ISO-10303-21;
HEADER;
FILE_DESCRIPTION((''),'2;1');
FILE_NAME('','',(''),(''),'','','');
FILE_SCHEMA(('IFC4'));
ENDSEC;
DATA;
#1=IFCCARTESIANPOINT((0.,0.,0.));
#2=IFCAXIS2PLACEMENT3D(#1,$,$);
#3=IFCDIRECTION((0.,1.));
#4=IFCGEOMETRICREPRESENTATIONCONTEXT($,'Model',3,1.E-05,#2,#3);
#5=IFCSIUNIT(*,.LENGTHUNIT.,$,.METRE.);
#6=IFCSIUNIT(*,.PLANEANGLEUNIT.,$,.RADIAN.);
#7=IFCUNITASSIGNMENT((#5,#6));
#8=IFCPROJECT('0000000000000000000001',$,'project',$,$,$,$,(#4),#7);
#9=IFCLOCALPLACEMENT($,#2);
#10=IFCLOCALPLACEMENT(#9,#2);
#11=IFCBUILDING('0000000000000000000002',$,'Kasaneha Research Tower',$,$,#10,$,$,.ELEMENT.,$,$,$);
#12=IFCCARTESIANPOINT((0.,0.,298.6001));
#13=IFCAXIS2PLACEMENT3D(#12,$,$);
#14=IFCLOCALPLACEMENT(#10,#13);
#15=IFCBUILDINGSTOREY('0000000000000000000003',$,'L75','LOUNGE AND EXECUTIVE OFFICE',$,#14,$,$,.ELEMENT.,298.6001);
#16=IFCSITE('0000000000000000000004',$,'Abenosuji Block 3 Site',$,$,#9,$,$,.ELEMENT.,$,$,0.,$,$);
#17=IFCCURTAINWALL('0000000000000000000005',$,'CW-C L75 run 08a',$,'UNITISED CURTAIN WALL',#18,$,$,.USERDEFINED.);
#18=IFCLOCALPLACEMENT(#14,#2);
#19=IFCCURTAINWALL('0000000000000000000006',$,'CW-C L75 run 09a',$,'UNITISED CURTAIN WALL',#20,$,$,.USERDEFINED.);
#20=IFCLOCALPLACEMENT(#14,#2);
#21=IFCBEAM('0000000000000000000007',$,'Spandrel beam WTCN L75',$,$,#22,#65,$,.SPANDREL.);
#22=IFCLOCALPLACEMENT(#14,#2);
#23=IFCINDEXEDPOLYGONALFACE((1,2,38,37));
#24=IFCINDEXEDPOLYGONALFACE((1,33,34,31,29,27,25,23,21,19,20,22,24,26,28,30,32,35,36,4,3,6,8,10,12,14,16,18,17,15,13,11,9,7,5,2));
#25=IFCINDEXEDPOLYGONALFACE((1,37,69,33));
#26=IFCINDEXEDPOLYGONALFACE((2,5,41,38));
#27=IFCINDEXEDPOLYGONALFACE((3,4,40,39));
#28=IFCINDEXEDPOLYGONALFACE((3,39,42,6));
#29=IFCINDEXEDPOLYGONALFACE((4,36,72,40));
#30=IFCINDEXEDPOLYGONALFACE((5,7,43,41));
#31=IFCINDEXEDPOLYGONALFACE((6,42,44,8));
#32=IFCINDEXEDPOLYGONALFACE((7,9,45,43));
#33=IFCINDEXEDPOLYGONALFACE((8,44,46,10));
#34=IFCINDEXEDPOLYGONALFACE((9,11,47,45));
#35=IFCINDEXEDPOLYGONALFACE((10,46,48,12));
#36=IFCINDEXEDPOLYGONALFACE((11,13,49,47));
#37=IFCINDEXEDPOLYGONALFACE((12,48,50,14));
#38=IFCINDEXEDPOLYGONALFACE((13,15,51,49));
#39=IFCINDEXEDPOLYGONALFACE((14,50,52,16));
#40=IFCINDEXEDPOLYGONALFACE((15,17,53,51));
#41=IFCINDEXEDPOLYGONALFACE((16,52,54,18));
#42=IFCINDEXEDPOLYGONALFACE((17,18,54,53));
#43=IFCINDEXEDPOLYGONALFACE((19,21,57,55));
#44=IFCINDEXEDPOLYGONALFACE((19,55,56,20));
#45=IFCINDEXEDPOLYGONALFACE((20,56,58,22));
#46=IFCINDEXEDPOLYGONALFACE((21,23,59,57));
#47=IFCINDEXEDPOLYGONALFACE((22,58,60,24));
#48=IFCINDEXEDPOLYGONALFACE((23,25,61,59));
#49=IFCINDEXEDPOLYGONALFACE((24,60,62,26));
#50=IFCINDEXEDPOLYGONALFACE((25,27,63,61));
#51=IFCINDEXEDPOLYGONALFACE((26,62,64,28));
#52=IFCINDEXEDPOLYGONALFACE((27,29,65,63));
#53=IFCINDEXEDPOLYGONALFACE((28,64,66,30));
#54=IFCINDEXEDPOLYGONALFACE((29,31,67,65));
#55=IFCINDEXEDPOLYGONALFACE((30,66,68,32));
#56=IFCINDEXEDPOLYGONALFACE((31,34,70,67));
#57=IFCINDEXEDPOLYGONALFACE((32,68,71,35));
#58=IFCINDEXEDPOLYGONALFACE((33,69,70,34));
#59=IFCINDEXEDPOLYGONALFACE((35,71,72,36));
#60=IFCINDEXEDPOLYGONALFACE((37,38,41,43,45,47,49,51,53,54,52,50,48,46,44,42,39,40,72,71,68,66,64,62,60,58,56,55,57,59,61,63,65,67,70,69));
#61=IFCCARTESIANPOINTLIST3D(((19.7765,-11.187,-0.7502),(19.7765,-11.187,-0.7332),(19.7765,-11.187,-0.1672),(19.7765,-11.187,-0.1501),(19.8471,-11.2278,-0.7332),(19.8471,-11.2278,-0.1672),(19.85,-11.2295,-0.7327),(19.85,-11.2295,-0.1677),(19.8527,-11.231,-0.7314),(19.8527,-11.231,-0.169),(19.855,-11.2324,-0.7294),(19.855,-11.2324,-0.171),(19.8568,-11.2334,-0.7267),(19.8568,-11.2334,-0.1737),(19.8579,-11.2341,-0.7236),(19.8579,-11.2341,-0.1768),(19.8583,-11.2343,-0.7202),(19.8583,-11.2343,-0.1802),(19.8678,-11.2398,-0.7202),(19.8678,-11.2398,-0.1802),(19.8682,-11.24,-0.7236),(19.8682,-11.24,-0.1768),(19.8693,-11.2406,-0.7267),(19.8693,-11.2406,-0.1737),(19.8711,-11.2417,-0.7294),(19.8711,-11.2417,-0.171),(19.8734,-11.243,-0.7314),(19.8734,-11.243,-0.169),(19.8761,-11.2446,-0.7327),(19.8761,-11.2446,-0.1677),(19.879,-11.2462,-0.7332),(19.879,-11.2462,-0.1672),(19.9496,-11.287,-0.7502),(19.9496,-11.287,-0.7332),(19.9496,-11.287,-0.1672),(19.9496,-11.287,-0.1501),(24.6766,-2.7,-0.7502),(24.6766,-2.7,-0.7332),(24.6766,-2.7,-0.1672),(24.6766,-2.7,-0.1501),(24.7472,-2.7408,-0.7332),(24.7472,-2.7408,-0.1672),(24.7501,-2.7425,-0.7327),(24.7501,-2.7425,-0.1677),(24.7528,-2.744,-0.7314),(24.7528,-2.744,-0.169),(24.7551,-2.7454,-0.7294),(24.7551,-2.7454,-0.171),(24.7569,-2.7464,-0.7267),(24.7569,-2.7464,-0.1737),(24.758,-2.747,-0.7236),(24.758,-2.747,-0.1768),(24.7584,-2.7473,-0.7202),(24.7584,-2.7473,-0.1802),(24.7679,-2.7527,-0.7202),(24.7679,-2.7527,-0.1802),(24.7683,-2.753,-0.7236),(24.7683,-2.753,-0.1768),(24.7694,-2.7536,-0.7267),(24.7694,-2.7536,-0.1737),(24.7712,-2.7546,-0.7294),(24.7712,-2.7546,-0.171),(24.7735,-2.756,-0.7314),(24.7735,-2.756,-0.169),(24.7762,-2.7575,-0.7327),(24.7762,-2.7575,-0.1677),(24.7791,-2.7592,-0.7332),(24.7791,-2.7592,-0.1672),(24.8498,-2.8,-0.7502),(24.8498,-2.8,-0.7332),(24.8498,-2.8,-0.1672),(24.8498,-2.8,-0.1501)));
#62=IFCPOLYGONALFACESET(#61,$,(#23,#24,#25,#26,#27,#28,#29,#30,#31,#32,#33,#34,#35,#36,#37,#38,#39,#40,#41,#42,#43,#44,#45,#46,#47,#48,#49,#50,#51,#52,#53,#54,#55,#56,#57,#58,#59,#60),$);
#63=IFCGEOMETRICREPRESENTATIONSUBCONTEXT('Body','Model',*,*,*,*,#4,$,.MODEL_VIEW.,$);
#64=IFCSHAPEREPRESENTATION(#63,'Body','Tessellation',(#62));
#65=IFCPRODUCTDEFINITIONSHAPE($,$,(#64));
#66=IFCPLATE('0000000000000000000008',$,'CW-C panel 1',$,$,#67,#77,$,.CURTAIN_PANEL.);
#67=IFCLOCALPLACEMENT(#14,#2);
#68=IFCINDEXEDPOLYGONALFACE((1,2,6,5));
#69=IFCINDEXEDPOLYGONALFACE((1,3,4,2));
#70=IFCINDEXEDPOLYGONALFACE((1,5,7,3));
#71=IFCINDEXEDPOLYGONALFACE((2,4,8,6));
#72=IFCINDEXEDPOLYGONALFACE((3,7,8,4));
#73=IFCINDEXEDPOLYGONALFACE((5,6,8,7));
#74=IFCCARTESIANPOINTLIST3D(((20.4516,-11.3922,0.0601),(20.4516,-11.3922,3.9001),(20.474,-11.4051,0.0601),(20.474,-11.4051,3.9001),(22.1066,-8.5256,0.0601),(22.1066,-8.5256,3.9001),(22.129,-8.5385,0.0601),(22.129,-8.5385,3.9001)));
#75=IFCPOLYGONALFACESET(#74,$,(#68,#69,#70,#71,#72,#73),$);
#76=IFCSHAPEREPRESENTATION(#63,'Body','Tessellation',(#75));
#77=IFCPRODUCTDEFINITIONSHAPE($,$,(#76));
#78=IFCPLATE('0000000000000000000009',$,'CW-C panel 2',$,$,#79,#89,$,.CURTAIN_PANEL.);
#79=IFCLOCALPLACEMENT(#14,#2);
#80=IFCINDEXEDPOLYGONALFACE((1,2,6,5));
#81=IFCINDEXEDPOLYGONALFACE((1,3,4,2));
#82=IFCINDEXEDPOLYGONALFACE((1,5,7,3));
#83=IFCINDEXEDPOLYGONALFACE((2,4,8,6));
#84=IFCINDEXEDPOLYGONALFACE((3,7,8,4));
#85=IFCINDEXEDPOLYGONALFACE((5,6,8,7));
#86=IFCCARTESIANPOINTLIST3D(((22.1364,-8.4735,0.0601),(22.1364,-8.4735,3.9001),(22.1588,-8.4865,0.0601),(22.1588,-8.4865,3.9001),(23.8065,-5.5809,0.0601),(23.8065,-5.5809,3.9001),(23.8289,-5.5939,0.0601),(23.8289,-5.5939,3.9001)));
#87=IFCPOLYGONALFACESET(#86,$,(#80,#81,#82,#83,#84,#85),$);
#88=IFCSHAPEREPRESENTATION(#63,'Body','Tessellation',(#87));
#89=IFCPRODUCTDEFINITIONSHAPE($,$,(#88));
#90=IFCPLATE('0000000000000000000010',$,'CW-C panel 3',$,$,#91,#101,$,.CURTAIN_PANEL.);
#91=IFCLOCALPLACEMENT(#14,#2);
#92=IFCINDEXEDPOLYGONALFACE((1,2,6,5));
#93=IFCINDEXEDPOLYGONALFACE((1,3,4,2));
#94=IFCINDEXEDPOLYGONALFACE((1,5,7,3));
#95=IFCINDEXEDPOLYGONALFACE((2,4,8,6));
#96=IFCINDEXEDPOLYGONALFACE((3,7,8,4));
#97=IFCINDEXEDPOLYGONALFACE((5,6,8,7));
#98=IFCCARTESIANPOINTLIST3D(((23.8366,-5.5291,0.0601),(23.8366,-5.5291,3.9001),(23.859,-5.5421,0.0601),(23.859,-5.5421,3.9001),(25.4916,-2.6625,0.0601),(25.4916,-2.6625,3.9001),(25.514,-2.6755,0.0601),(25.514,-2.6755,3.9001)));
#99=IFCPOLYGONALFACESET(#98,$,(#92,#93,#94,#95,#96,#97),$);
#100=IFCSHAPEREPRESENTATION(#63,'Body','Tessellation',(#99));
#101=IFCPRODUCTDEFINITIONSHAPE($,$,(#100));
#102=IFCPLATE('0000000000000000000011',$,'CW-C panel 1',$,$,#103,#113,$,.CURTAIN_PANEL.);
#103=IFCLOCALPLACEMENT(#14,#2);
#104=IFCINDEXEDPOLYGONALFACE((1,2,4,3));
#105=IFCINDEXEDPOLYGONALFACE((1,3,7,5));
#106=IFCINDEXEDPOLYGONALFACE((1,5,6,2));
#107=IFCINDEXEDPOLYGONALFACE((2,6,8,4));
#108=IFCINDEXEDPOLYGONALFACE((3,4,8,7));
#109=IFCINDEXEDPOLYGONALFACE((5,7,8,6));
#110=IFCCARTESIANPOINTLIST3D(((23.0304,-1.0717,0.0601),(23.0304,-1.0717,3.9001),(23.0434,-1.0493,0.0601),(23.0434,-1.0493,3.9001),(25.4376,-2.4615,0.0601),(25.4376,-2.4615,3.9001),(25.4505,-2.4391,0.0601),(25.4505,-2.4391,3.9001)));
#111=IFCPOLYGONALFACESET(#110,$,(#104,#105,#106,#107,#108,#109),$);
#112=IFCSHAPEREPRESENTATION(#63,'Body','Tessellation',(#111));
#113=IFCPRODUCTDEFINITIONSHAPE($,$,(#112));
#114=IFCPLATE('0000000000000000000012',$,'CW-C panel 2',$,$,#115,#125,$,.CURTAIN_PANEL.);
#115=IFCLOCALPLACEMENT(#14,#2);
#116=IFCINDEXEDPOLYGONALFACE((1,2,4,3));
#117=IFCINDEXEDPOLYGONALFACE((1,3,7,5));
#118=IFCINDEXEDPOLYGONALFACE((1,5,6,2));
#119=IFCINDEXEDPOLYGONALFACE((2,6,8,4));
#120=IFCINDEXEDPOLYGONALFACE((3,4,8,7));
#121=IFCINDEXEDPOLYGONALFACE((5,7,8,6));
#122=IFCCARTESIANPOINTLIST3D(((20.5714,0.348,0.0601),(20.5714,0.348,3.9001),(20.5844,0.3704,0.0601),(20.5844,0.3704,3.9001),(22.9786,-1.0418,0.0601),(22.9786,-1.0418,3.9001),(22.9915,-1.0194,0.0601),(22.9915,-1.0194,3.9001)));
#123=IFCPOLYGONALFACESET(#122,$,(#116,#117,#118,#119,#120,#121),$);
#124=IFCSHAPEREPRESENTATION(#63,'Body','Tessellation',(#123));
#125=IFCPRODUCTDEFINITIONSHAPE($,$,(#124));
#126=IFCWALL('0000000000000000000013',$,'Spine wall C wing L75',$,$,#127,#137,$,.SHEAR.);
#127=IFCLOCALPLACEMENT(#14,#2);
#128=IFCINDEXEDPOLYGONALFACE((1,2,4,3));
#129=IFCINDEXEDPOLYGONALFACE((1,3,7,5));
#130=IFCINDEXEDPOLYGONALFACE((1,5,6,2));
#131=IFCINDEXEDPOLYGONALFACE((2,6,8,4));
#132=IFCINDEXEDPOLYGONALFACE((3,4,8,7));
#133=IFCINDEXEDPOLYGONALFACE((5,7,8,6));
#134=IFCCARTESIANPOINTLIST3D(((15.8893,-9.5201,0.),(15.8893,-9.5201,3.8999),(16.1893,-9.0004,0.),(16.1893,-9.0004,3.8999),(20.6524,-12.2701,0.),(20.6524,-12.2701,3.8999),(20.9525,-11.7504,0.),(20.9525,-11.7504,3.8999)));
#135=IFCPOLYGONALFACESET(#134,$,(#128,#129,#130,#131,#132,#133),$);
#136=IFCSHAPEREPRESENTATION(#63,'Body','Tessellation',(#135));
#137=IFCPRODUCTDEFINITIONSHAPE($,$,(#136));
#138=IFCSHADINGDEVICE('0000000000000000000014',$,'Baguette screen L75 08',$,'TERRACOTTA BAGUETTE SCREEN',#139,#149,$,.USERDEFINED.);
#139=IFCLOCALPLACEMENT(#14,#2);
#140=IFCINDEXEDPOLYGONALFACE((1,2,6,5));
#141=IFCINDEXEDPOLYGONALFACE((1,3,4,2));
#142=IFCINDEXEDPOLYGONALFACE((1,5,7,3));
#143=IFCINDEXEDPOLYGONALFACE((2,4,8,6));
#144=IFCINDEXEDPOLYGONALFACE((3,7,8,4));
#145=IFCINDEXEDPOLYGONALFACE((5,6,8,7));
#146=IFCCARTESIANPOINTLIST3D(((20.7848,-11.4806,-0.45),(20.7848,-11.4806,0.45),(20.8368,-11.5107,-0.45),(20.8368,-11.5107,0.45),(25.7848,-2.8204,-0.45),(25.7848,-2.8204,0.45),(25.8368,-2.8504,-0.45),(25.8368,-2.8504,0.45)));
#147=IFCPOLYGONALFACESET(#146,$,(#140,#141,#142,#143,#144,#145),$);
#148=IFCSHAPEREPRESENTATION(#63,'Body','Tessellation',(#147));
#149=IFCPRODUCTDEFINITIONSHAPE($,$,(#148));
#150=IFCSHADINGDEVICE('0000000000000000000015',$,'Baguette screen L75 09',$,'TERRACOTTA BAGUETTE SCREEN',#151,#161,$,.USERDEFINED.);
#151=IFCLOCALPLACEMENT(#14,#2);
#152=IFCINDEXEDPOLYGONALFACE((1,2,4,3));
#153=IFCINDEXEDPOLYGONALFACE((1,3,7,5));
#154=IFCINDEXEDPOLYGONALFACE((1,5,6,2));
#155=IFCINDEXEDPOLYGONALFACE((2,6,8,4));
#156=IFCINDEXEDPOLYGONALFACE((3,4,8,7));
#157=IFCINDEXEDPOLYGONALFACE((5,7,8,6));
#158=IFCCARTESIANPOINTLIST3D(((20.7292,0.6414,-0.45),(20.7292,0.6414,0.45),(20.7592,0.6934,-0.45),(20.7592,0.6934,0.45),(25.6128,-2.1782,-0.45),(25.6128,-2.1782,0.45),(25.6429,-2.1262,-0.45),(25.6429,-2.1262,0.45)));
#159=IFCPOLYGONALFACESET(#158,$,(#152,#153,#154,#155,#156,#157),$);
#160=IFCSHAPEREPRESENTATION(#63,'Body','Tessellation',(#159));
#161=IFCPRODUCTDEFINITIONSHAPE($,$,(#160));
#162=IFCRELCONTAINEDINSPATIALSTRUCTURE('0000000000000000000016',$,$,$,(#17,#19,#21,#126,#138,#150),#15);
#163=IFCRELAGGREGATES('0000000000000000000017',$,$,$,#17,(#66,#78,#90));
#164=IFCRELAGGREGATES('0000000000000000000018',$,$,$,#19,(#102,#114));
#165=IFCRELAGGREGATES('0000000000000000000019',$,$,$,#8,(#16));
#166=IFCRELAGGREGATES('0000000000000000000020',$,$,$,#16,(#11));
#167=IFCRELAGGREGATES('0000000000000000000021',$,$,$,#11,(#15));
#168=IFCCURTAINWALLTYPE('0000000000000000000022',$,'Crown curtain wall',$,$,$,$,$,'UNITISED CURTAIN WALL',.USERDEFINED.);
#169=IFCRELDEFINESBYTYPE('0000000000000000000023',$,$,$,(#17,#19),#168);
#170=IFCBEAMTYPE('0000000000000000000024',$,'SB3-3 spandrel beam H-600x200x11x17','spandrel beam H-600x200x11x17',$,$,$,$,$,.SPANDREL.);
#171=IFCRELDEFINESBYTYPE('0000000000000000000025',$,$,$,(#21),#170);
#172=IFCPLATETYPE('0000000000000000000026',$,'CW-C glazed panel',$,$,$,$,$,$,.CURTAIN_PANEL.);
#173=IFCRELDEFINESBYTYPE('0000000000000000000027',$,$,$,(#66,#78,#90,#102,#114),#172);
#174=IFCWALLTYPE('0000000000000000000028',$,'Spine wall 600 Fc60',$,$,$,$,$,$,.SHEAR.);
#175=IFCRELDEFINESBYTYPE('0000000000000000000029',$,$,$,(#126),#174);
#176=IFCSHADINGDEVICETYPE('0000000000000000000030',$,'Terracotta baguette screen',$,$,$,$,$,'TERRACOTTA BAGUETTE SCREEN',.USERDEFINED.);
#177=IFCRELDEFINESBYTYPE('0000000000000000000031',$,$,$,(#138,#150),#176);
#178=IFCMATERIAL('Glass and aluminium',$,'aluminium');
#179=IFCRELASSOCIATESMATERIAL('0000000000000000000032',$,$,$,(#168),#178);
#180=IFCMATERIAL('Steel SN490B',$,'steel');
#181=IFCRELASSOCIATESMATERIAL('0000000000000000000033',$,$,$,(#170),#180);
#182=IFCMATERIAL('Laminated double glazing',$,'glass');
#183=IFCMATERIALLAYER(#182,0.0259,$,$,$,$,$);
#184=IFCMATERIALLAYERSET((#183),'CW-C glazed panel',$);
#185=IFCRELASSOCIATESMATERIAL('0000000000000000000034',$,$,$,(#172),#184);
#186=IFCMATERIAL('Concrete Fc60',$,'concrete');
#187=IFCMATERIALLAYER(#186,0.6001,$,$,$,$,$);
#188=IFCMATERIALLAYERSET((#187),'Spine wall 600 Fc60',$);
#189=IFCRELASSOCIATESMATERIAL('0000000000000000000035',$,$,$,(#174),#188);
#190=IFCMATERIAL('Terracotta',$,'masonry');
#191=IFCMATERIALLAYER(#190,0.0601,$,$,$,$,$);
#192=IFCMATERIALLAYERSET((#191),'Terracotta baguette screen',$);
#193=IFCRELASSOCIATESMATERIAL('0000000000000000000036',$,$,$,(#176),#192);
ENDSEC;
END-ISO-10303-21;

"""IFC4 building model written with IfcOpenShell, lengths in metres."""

from ifc_helpers import new_model, si_unit, direction, frame, frame_2d, origin, origin_2d, place, context, subcontext, project, spatial, rectangle, i_section, extrude, material, layer, layer_set, material_profile, profile_set, type_object, element, aggregate, save


model = new_model("IFC4")

# Units and contexts
model_context = context("Model", 3, precision=1e-05, world=origin(), true_north=direction((0.0, 1.0)))
body_context = subcontext(model_context, "Body", "Model", "MODEL_VIEW")
ifc_project = project(units=[si_unit("LENGTHUNIT", "METRE"), si_unit("PLANEANGLEUNIT", "RADIAN")], contexts=[model_context])

# Site, building, storey
site_placement = place(None, origin())
site = spatial("IfcSite", under=ifc_project, at=site_placement, Name="Abenosuji Block 3 Site", CompositionType="ELEMENT", RefElevation=0.0)
building_placement = place(site_placement, origin())
building = spatial("IfcBuilding", under=site, at=building_placement, Name="Kasaneha Research Tower", CompositionType="ELEMENT")
storey_placement = place(building_placement, frame((0.0, 0.0, 298.6001)))
storey = spatial("IfcBuildingStorey", under=building, at=storey_placement, Name="L75", Description="LOUNGE AND EXECUTIVE OFFICE", CompositionType="ELEMENT", Elevation=298.6001)

# Curtain walls
ifc_material_1 = material(Name="Glass and aluminium", Category="aluminium")
curtain_wall_type = type_object("IfcCurtainWallType", Name="Crown curtain wall", ElementType="UNITISED CURTAIN WALL", PredefinedType="USERDEFINED", material=ifc_material_1)
curtain_wall_1_placement = place(storey_placement, origin())
curtain_wall_1 = element("IfcCurtainWall", 1, at=curtain_wall_1_placement, inside=storey, type_object=curtain_wall_type, Name="CW-C L75 run 08a", ObjectType="UNITISED CURTAIN WALL", PredefinedType="USERDEFINED")
curtain_wall_2_placement = place(storey_placement, origin())
curtain_wall_2 = element("IfcCurtainWall", 2, at=curtain_wall_2_placement, inside=storey, type_object=curtain_wall_type, Name="CW-C L75 run 09a", ObjectType="UNITISED CURTAIN WALL", PredefinedType="USERDEFINED")

# Beam
ifc_material_2 = material(Name="Steel SN490B", Category="steel")
ifc_material_profile_1 = material_profile(ifc_material_2, i_section(OverallWidth=0.2, OverallDepth=0.6001, WebThickness=0.011, FlangeThickness=0.0171, FilletRadius=0.0129, at=origin_2d()), Name="H-600x200x11x17")
ifc_profile_set_1 = profile_set([ifc_material_profile_1], Name="Steel SN490B")
beam_type_1 = type_object("IfcBeamType", Name="SB3-3 spandrel beam H-600x200x11x17", Description="spandrel beam H-600x200x11x17", PredefinedType="SPANDREL", material=ifc_profile_set_1)
beam_1_placement = place(storey_placement, frame((24.7632, -2.75, -0.4502), z_axis=(-0.500011, -0.866019, 0.0), x_axis=(0.866019, -0.500011, 0.0)))
element("IfcBeam", 3, at=beam_1_placement, inside=storey, type_object=beam_type_1, Name="Spandrel beam WTCN L75", PredefinedType="SPANDREL", context=body_context, shape_type="SweptSolid", body=[
    extrude(i_section(OverallWidth=0.2, OverallDepth=0.6001, WebThickness=0.011, FlangeThickness=0.0171, FilletRadius=0.0129, at=origin_2d()), origin(), (0.0, 0.0, 1.0), 9.8),
])

# Plates
ifc_material_3 = material(Name="Laminated double glazing", Category="glass")
ifc_layer_1 = layer(ifc_material_3, 0.0259)
ifc_layer_set_1 = layer_set([ifc_layer_1], Name="CW-C glazed panel")
plate_type = type_object("IfcPlateType", Name="CW-C glazed panel", PredefinedType="CURTAIN_PANEL", material=ifc_layer_set_1)
plate_1_placement = place(storey_placement, frame((21.2903, -9.9653, 0.0601), z_axis=(0.0, 0.0, 1.0), x_axis=(0.5, 0.866025, 0.0)))
plate_1 = element("IfcPlate", 4, at=plate_1_placement, type_object=plate_type, Name="CW-C panel 1", PredefinedType="CURTAIN_PANEL", context=body_context, shape_type="SweptSolid", body=[
    extrude(rectangle(XDim=3.3101, YDim=0.0259, at=origin_2d()), origin(), (0.0, 0.0, 1.0), 3.8401),
])
plate_2_placement = place(storey_placement, frame((22.9827, -7.0337, 0.0601), z_axis=(0.0, 0.0, 1.0), x_axis=(0.5, 0.866025, 0.0)))
plate_2 = element("IfcPlate", 5, at=plate_2_placement, type_object=plate_type, Name="CW-C panel 2", PredefinedType="CURTAIN_PANEL", context=body_context, shape_type="SweptSolid", body=[
    extrude(rectangle(XDim=3.3401, YDim=0.0259, at=origin_2d()), origin(), (0.0, 0.0, 1.0), 3.8401),
])
plate_3_placement = place(storey_placement, frame((24.6753, -4.1023, 0.0601), z_axis=(0.0, 0.0, 1.0), x_axis=(0.5, 0.866025, 0.0)))
plate_3 = element("IfcPlate", 6, at=plate_3_placement, type_object=plate_type, Name="CW-C panel 3", PredefinedType="CURTAIN_PANEL", context=body_context, shape_type="SweptSolid", body=[
    extrude(rectangle(XDim=3.3101, YDim=0.0259, at=origin_2d()), origin(), (0.0, 0.0, 1.0), 3.8401),
])
aggregate(curtain_wall_1, [plate_1, plate_2, plate_3])
plate_4_placement = place(storey_placement, frame((24.2405, -1.7554, 0.0601), z_axis=(0.0, 0.0, 1.0), x_axis=(-0.866025, 0.5, 0.0)))
plate_4 = element("IfcPlate", 7, at=plate_4_placement, type_object=plate_type, Name="CW-C panel 1", PredefinedType="CURTAIN_PANEL", context=body_context, shape_type="SweptSolid", body=[
    extrude(rectangle(XDim=2.7795, YDim=0.0259, at=origin_2d()), origin(), (0.0, 0.0, 1.0), 3.8401),
])
plate_5_placement = place(storey_placement, frame((21.7815, -0.3357, 0.0601), z_axis=(0.0, 0.0, 1.0), x_axis=(-0.866025, 0.5, 0.0)))
plate_5 = element("IfcPlate", 8, at=plate_5_placement, type_object=plate_type, Name="CW-C panel 2", PredefinedType="CURTAIN_PANEL", context=body_context, shape_type="SweptSolid", body=[
    extrude(rectangle(XDim=2.7795, YDim=0.0259, at=origin_2d()), origin(), (0.0, 0.0, 1.0), 3.8401),
])
aggregate(curtain_wall_2, [plate_4, plate_5])

# Wall
ifc_material_4 = material(Name="Concrete Fc60", Category="concrete")
ifc_layer_2 = layer(ifc_material_4, 0.6001)
ifc_layer_set_2 = layer_set([ifc_layer_2], Name="Spine wall 600 Fc60")
wall_type = type_object("IfcWallType", Name="Spine wall 600 Fc60", PredefinedType="SHEAR", material=ifc_layer_set_2)
wall_placement = place(storey_placement, frame((16.0393, -9.2603, 0.0), z_axis=(0.0, 0.0, 1.0), x_axis=(0.866027, -0.499997, 0.0)))
element("IfcWall", 9, at=wall_placement, inside=storey, type_object=wall_type, Name="Spine wall C wing L75", PredefinedType="SHEAR", context=body_context, shape_type="SweptSolid", body=[
    extrude(rectangle(XDim=5.5, YDim=0.6001, at=frame_2d((2.75, 0.0))), origin(), (0.0, 0.0, 1.0), 3.8999),
])

# Shading devices
ifc_material_5 = material(Name="Terracotta", Category="masonry")
ifc_layer_3 = layer(ifc_material_5, 0.0601)
ifc_layer_set_3 = layer_set([ifc_layer_3], Name="Terracotta baguette screen")
shading_device_type = type_object("IfcShadingDeviceType", Name="Terracotta baguette screen", ElementType="TERRACOTTA BAGUETTE SCREEN", PredefinedType="USERDEFINED", material=ifc_layer_set_3)
shading_device_1_placement = place(storey_placement, frame((23.3108, -7.1655, -0.45), z_axis=(0.0, 0.0, 1.0), x_axis=(0.5, 0.866025, 0.0)))
element("IfcShadingDevice", 10, at=shading_device_1_placement, inside=storey, type_object=shading_device_type, Name="Baguette screen L75 08", ObjectType="TERRACOTTA BAGUETTE SCREEN", PredefinedType="USERDEFINED", context=body_context, shape_type="SweptSolid", body=[
    extrude(rectangle(XDim=10.0, YDim=0.0601, at=origin_2d()), origin(), (0.0, 0.0, 1.0), 0.8999),
])
shading_device_2_placement = place(storey_placement, frame((23.186, -0.7424, -0.45), z_axis=(0.0, 0.0, 1.0), x_axis=(-0.866025, 0.5, 0.0)))
element("IfcShadingDevice", 11, at=shading_device_2_placement, inside=storey, type_object=shading_device_type, Name="Baguette screen L75 09", ObjectType="TERRACOTTA BAGUETTE SCREEN", PredefinedType="USERDEFINED", context=body_context, shape_type="SweptSolid", body=[
    extrude(rectangle(XDim=5.6392, YDim=0.0601, at=origin_2d()), origin(), (0.0, 0.0, 1.0), 0.8999),
])

save(model, "model.ifc")
